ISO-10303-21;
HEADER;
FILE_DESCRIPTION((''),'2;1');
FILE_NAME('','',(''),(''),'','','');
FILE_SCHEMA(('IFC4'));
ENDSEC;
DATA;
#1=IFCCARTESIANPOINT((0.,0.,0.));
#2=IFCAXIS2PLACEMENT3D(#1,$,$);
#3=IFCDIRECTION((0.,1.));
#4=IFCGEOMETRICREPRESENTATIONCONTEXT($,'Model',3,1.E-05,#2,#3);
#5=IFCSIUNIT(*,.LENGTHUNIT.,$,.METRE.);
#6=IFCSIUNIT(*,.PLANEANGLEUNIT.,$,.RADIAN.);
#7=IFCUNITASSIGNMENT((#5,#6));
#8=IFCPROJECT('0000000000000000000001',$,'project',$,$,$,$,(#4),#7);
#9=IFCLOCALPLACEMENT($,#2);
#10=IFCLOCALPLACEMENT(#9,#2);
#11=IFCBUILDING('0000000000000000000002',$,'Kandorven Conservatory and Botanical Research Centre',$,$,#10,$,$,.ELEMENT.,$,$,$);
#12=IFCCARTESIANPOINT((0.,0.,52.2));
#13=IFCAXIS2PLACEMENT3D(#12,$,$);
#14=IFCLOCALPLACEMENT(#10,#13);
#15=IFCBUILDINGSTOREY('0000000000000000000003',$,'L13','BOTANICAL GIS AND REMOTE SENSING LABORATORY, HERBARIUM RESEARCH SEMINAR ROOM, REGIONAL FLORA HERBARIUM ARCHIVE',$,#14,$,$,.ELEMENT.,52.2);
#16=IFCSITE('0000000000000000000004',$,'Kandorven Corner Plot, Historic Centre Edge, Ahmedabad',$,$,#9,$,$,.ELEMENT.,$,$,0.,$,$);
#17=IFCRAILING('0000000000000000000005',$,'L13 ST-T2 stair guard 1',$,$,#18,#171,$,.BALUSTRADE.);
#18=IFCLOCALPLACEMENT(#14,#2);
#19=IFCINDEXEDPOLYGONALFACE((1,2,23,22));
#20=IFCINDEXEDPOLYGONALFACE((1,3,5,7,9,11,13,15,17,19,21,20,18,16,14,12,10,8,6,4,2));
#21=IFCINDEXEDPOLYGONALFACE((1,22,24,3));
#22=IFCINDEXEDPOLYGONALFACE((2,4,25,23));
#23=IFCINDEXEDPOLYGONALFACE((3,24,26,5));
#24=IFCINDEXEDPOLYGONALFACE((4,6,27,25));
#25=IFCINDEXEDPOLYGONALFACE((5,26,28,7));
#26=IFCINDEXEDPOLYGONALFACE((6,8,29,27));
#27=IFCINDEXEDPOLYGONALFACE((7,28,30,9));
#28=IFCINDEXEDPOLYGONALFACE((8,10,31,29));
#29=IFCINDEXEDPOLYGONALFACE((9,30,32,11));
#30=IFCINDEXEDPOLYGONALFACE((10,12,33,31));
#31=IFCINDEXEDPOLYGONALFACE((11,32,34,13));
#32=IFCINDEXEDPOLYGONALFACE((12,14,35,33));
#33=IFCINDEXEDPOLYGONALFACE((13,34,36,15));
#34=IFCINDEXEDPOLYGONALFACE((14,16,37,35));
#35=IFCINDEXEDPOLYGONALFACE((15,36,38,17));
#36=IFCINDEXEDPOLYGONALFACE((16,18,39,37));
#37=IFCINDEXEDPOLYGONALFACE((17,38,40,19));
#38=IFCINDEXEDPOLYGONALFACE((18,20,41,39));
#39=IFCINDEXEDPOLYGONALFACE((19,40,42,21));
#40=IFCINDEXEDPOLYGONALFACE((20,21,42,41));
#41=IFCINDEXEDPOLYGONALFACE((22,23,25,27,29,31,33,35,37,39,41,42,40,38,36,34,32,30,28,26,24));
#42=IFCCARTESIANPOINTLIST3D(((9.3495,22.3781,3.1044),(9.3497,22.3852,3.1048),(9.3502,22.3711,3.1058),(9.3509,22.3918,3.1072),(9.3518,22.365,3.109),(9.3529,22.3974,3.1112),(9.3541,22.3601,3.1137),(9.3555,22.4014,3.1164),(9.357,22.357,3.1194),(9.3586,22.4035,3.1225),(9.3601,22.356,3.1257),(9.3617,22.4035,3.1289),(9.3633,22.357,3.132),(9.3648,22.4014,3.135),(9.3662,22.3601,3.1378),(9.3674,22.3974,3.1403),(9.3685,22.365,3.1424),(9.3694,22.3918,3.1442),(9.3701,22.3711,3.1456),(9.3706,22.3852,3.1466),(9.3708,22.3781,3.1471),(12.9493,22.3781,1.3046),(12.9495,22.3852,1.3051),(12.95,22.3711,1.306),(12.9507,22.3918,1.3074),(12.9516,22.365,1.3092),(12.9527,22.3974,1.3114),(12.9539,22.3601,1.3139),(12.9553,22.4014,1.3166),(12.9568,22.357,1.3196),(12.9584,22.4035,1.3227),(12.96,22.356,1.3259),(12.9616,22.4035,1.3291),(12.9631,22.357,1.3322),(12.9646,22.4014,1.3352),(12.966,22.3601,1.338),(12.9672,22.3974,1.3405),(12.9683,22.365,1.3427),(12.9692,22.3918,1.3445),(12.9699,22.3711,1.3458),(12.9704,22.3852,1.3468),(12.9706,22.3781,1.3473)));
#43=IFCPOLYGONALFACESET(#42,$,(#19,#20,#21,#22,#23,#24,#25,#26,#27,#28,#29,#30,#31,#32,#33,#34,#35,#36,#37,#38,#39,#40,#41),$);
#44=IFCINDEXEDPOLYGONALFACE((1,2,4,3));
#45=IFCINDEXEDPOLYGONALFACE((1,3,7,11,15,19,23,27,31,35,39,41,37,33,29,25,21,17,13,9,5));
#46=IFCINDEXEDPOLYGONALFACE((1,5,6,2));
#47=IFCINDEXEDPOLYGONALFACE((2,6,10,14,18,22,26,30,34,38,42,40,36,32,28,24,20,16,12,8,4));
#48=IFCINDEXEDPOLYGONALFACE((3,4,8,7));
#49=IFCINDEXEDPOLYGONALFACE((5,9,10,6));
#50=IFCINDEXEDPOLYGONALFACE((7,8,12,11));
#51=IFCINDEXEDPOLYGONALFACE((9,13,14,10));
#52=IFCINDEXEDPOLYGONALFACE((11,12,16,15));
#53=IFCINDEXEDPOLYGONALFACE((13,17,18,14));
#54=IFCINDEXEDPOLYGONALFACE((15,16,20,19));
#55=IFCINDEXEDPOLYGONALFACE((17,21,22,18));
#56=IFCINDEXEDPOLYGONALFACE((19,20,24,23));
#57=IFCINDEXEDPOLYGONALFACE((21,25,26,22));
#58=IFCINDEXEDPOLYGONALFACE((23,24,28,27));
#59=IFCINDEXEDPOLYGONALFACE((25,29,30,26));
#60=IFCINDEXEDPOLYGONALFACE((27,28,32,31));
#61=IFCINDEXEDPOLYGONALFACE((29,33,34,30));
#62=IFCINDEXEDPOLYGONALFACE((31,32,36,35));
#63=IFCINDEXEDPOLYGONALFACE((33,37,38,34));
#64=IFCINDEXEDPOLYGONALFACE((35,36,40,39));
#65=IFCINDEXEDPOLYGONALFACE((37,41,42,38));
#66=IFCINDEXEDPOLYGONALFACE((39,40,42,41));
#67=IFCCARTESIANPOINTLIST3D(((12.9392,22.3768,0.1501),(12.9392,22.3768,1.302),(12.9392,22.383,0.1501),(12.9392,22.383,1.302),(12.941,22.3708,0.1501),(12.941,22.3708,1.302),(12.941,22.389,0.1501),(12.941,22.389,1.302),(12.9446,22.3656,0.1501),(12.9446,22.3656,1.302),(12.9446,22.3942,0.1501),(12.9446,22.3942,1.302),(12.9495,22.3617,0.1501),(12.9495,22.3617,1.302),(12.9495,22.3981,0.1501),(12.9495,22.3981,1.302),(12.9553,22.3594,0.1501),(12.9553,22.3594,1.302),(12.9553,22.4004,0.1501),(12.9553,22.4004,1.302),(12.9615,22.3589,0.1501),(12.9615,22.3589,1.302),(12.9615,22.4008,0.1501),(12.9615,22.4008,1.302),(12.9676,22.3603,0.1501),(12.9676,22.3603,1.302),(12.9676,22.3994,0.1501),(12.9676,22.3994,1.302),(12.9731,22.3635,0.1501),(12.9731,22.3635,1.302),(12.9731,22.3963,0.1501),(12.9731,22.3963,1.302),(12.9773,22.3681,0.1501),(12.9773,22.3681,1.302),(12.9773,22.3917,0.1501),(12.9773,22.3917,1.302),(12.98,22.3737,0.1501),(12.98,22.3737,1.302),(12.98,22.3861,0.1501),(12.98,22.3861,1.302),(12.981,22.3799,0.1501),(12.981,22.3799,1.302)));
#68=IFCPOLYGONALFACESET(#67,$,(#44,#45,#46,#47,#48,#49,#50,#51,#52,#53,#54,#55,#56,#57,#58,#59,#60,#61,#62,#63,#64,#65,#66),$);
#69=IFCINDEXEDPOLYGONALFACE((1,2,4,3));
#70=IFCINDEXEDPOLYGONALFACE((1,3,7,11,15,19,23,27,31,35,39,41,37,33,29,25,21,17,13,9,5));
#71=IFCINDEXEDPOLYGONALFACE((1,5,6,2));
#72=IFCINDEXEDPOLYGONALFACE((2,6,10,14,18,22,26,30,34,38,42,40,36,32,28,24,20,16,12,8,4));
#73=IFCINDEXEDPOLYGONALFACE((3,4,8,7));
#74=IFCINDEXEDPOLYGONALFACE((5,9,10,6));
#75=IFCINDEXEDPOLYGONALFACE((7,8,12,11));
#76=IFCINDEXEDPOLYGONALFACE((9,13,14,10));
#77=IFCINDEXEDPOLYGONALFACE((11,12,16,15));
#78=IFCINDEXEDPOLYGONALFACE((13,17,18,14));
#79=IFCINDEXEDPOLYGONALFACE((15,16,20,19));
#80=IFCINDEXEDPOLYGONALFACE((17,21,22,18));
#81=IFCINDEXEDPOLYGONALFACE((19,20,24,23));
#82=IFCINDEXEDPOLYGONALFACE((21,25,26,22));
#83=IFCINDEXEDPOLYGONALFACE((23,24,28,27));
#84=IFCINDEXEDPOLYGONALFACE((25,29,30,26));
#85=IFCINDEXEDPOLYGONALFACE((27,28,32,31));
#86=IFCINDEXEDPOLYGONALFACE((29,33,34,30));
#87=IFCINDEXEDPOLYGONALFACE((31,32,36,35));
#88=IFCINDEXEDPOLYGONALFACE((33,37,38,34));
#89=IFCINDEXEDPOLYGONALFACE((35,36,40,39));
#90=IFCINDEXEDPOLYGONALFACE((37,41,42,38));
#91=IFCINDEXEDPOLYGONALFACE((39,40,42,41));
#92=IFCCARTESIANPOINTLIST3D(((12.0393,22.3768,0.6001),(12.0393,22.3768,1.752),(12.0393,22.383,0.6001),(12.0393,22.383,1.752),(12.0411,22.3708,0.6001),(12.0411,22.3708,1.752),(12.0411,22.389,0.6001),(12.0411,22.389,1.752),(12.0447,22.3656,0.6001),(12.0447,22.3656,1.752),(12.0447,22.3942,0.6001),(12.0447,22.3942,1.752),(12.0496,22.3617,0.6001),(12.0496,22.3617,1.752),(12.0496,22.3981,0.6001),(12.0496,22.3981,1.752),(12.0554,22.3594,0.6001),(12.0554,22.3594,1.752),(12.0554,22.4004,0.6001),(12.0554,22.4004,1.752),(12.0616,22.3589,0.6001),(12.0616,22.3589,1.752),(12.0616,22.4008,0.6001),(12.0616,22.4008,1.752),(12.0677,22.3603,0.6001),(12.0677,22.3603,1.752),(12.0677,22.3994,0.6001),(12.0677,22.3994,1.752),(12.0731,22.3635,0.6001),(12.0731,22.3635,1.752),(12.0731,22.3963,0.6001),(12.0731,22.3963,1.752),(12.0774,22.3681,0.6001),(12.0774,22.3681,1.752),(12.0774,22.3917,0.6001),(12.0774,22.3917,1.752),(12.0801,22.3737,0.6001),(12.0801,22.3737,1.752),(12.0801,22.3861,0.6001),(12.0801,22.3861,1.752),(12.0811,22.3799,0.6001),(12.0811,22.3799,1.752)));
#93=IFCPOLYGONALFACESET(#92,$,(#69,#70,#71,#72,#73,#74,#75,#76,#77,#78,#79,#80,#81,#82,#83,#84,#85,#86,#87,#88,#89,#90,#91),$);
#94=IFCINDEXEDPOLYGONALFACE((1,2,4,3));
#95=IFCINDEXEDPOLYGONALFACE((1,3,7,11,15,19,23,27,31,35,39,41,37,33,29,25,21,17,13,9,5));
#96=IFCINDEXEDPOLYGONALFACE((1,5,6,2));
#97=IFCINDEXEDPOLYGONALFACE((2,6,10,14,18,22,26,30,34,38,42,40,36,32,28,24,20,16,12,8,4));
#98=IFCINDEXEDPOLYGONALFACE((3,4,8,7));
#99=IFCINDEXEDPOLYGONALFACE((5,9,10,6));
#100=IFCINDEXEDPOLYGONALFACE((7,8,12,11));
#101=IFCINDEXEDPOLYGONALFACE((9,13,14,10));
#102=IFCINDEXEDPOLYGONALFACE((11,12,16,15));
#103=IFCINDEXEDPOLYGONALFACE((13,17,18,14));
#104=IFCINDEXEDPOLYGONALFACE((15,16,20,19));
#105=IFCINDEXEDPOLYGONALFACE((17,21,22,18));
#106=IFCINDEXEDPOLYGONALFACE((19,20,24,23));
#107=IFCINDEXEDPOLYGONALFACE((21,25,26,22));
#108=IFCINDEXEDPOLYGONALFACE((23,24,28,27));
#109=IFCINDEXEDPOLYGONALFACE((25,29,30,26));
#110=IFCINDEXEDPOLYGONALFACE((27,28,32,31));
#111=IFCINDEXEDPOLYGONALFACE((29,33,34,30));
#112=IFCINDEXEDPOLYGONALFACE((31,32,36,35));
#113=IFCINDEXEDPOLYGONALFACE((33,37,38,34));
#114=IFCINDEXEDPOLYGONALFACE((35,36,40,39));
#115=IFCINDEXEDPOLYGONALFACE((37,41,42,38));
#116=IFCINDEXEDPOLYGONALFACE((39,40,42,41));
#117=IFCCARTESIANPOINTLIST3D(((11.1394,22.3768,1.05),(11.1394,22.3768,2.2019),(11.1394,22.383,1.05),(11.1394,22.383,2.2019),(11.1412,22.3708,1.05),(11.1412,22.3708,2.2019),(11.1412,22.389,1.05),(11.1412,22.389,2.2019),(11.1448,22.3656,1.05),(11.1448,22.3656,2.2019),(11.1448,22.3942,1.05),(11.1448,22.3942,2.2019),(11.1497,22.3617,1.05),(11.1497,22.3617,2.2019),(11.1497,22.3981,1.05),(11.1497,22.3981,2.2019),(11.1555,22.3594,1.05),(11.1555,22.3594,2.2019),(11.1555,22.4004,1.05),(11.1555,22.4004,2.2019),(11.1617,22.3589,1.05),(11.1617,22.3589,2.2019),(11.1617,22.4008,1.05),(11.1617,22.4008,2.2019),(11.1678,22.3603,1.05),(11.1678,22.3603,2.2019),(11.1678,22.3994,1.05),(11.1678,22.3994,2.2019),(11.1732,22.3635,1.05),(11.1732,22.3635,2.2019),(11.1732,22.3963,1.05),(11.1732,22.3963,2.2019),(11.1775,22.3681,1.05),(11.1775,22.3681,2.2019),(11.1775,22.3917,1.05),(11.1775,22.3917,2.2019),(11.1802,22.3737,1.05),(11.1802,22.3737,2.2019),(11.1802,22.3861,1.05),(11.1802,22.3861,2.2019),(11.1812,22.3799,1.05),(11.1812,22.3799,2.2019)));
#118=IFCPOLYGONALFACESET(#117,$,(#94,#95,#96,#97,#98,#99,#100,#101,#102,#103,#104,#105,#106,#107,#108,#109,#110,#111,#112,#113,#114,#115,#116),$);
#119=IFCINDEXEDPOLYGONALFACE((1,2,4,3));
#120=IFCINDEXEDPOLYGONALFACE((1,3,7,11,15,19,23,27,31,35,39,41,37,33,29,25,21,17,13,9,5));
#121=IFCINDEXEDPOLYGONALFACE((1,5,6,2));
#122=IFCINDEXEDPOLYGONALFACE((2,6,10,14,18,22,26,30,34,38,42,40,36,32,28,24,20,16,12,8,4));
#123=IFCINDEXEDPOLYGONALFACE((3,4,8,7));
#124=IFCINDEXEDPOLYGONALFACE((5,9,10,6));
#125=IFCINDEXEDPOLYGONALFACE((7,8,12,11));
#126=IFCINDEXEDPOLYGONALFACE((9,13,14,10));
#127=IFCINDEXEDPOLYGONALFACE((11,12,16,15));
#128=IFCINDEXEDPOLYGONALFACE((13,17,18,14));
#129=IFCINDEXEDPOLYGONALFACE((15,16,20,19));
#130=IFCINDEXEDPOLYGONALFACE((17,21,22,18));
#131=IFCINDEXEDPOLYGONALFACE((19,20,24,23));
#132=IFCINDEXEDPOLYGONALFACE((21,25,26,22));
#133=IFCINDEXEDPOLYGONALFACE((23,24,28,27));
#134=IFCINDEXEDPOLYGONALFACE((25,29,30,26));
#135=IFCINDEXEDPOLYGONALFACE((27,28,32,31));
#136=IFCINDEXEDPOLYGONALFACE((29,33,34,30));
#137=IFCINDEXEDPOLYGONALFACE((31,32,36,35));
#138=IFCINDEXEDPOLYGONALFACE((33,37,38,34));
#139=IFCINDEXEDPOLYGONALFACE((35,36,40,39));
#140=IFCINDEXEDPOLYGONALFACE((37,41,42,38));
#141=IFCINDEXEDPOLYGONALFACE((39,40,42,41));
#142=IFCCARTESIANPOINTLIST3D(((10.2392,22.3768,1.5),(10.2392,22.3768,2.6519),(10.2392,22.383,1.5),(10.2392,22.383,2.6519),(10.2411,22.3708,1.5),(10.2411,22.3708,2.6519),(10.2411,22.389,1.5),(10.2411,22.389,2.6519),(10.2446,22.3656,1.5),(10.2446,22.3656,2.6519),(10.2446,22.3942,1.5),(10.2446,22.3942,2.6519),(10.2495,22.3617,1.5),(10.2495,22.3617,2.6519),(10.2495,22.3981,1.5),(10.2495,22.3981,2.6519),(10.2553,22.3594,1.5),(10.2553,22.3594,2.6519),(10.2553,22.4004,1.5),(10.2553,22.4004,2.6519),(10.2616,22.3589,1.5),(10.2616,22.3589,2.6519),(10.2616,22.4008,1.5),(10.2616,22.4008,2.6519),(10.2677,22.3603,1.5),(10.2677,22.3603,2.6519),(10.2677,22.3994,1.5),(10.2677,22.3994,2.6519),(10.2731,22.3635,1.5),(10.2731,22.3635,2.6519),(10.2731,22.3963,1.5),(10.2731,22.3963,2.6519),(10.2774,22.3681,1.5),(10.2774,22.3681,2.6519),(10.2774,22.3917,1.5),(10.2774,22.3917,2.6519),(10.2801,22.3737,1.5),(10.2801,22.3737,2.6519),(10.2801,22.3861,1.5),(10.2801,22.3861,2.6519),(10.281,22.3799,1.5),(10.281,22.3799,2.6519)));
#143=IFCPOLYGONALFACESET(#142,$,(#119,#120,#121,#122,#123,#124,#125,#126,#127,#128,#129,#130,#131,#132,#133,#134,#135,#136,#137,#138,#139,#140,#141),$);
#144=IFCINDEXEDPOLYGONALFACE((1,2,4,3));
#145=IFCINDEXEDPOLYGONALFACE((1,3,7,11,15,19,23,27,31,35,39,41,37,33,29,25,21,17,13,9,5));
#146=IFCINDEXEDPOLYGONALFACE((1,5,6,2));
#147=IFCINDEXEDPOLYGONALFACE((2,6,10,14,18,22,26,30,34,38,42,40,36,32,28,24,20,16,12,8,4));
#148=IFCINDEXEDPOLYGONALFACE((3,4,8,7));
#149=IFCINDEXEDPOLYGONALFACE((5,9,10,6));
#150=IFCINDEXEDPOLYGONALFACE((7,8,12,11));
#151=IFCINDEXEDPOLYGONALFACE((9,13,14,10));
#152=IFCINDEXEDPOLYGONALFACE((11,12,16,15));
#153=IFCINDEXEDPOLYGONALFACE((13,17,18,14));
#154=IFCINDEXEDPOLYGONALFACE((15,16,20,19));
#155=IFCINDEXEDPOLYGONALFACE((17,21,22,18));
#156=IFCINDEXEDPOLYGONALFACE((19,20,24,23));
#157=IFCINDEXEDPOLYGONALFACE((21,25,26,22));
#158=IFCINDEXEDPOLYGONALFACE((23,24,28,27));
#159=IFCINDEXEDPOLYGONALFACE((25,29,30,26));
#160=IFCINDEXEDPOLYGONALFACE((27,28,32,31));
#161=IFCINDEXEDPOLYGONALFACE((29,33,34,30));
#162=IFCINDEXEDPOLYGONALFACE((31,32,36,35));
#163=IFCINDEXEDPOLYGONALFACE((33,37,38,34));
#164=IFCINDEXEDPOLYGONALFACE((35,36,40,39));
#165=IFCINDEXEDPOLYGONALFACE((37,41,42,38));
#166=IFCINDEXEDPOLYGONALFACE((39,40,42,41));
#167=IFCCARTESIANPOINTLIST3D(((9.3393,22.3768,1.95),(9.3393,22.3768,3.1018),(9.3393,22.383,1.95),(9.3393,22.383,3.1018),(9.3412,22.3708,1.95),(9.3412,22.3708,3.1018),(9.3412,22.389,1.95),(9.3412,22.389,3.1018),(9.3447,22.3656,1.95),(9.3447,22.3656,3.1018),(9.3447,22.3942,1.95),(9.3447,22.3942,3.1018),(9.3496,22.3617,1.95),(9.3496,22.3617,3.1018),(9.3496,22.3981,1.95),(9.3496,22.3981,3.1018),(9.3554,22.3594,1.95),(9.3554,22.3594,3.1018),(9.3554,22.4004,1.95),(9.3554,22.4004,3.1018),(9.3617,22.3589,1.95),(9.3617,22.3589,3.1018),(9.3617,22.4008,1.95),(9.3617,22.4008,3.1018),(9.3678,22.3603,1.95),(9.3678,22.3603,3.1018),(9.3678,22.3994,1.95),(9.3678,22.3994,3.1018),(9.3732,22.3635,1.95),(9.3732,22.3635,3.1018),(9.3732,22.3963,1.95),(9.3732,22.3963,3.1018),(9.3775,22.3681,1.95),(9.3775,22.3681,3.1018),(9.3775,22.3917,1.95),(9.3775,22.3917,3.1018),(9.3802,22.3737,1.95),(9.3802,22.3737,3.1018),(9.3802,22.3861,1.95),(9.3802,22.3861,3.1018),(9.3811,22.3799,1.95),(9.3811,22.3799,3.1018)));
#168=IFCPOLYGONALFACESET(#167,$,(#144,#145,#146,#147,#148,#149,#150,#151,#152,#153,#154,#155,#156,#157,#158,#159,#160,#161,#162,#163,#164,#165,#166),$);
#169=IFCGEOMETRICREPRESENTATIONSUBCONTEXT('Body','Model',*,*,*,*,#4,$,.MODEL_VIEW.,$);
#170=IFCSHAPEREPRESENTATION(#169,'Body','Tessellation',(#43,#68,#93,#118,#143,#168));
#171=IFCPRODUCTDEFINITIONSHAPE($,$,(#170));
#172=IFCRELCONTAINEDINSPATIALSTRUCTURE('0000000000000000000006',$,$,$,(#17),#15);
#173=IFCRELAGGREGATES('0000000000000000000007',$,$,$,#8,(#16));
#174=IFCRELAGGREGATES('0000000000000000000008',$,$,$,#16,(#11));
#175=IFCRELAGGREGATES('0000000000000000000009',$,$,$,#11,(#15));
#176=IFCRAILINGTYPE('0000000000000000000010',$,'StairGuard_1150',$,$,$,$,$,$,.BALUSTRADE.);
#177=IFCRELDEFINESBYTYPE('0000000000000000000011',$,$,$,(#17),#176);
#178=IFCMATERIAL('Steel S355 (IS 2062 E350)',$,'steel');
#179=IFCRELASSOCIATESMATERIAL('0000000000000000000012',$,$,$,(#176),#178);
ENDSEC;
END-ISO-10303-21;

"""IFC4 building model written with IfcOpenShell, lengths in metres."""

from ifc_helpers import new_model, si_unit, direction, frame, origin, origin_2d, place, context, subcontext, project, spatial, circle, extrude, material, type_object, element, save


model = new_model("IFC4")

# Units and contexts
model_context = context("Model", 3, precision=1e-05, world=origin(), true_north=direction((0.0, 1.0)))
body_context = subcontext(model_context, "Body", "Model", "MODEL_VIEW")
ifc_project = project(units=[si_unit("LENGTHUNIT", "METRE"), si_unit("PLANEANGLEUNIT", "RADIAN")], contexts=[model_context])

# Site, building, storey
site_placement = place(None, origin())
site = spatial("IfcSite", under=ifc_project, at=site_placement, Name="Kandorven Corner Plot, Historic Centre Edge, Ahmedabad", CompositionType="ELEMENT", RefElevation=0.0)
building_placement = place(site_placement, origin())
building = spatial("IfcBuilding", under=site, at=building_placement, Name="Kandorven Conservatory and Botanical Research Centre", CompositionType="ELEMENT")
storey_placement = place(building_placement, frame((0.0, 0.0, 52.2)))
storey = spatial("IfcBuildingStorey", under=building, at=storey_placement, Name="L13", Description="BOTANICAL GIS AND REMOTE SENSING LABORATORY, HERBARIUM RESEARCH SEMINAR ROOM, REGIONAL FLORA HERBARIUM ARCHIVE", CompositionType="ELEMENT", Elevation=52.2)

# Railing
ifc_material_1 = material(Name="Steel S355 (IS 2062 E350)", Category="steel")
railing_type_1 = type_object("IfcRailingType", Name="StairGuard_1150", PredefinedType="BALUSTRADE", material=ifc_material_1)
railing_1_placement = place(storey_placement, frame((12.96, 22.3799, 0.1501)))
element("IfcRailing", 1, at=railing_1_placement, inside=storey, type_object=railing_type_1, Name="L13 ST-T2 stair guard 1", PredefinedType="BALUSTRADE", context=body_context, shape_type="SweptSolid", body=[
    extrude(circle(Radius=0.0239, at=origin_2d()), frame((0.0, 0.0, 1.1758), z_axis=(-0.894439, 0.0, 0.447189), x_axis=(0.0, -1.0, 0.0)), (0.0, 0.0, 1.0), 4.0247),
    extrude(circle(Radius=0.021, at=origin_2d()), origin(), (0.0, 0.0, 1.0), 1.1519),
    extrude(circle(Radius=0.021, at=origin_2d()), frame((-0.8999, 0.0, 0.45)), (0.0, 0.0, 1.0), 1.1519),
    extrude(circle(Radius=0.021, at=origin_2d()), frame((-1.7998, 0.0, 0.8999)), (0.0, 0.0, 1.0), 1.1519),
    extrude(circle(Radius=0.021, at=origin_2d()), frame((-2.7, 0.0, 1.3499)), (0.0, 0.0, 1.0), 1.1519),
    extrude(circle(Radius=0.021, at=origin_2d()), frame((-3.5999, 0.0, 1.7998)), (0.0, 0.0, 1.0), 1.1519),
])

save(model, "model.ifc")
